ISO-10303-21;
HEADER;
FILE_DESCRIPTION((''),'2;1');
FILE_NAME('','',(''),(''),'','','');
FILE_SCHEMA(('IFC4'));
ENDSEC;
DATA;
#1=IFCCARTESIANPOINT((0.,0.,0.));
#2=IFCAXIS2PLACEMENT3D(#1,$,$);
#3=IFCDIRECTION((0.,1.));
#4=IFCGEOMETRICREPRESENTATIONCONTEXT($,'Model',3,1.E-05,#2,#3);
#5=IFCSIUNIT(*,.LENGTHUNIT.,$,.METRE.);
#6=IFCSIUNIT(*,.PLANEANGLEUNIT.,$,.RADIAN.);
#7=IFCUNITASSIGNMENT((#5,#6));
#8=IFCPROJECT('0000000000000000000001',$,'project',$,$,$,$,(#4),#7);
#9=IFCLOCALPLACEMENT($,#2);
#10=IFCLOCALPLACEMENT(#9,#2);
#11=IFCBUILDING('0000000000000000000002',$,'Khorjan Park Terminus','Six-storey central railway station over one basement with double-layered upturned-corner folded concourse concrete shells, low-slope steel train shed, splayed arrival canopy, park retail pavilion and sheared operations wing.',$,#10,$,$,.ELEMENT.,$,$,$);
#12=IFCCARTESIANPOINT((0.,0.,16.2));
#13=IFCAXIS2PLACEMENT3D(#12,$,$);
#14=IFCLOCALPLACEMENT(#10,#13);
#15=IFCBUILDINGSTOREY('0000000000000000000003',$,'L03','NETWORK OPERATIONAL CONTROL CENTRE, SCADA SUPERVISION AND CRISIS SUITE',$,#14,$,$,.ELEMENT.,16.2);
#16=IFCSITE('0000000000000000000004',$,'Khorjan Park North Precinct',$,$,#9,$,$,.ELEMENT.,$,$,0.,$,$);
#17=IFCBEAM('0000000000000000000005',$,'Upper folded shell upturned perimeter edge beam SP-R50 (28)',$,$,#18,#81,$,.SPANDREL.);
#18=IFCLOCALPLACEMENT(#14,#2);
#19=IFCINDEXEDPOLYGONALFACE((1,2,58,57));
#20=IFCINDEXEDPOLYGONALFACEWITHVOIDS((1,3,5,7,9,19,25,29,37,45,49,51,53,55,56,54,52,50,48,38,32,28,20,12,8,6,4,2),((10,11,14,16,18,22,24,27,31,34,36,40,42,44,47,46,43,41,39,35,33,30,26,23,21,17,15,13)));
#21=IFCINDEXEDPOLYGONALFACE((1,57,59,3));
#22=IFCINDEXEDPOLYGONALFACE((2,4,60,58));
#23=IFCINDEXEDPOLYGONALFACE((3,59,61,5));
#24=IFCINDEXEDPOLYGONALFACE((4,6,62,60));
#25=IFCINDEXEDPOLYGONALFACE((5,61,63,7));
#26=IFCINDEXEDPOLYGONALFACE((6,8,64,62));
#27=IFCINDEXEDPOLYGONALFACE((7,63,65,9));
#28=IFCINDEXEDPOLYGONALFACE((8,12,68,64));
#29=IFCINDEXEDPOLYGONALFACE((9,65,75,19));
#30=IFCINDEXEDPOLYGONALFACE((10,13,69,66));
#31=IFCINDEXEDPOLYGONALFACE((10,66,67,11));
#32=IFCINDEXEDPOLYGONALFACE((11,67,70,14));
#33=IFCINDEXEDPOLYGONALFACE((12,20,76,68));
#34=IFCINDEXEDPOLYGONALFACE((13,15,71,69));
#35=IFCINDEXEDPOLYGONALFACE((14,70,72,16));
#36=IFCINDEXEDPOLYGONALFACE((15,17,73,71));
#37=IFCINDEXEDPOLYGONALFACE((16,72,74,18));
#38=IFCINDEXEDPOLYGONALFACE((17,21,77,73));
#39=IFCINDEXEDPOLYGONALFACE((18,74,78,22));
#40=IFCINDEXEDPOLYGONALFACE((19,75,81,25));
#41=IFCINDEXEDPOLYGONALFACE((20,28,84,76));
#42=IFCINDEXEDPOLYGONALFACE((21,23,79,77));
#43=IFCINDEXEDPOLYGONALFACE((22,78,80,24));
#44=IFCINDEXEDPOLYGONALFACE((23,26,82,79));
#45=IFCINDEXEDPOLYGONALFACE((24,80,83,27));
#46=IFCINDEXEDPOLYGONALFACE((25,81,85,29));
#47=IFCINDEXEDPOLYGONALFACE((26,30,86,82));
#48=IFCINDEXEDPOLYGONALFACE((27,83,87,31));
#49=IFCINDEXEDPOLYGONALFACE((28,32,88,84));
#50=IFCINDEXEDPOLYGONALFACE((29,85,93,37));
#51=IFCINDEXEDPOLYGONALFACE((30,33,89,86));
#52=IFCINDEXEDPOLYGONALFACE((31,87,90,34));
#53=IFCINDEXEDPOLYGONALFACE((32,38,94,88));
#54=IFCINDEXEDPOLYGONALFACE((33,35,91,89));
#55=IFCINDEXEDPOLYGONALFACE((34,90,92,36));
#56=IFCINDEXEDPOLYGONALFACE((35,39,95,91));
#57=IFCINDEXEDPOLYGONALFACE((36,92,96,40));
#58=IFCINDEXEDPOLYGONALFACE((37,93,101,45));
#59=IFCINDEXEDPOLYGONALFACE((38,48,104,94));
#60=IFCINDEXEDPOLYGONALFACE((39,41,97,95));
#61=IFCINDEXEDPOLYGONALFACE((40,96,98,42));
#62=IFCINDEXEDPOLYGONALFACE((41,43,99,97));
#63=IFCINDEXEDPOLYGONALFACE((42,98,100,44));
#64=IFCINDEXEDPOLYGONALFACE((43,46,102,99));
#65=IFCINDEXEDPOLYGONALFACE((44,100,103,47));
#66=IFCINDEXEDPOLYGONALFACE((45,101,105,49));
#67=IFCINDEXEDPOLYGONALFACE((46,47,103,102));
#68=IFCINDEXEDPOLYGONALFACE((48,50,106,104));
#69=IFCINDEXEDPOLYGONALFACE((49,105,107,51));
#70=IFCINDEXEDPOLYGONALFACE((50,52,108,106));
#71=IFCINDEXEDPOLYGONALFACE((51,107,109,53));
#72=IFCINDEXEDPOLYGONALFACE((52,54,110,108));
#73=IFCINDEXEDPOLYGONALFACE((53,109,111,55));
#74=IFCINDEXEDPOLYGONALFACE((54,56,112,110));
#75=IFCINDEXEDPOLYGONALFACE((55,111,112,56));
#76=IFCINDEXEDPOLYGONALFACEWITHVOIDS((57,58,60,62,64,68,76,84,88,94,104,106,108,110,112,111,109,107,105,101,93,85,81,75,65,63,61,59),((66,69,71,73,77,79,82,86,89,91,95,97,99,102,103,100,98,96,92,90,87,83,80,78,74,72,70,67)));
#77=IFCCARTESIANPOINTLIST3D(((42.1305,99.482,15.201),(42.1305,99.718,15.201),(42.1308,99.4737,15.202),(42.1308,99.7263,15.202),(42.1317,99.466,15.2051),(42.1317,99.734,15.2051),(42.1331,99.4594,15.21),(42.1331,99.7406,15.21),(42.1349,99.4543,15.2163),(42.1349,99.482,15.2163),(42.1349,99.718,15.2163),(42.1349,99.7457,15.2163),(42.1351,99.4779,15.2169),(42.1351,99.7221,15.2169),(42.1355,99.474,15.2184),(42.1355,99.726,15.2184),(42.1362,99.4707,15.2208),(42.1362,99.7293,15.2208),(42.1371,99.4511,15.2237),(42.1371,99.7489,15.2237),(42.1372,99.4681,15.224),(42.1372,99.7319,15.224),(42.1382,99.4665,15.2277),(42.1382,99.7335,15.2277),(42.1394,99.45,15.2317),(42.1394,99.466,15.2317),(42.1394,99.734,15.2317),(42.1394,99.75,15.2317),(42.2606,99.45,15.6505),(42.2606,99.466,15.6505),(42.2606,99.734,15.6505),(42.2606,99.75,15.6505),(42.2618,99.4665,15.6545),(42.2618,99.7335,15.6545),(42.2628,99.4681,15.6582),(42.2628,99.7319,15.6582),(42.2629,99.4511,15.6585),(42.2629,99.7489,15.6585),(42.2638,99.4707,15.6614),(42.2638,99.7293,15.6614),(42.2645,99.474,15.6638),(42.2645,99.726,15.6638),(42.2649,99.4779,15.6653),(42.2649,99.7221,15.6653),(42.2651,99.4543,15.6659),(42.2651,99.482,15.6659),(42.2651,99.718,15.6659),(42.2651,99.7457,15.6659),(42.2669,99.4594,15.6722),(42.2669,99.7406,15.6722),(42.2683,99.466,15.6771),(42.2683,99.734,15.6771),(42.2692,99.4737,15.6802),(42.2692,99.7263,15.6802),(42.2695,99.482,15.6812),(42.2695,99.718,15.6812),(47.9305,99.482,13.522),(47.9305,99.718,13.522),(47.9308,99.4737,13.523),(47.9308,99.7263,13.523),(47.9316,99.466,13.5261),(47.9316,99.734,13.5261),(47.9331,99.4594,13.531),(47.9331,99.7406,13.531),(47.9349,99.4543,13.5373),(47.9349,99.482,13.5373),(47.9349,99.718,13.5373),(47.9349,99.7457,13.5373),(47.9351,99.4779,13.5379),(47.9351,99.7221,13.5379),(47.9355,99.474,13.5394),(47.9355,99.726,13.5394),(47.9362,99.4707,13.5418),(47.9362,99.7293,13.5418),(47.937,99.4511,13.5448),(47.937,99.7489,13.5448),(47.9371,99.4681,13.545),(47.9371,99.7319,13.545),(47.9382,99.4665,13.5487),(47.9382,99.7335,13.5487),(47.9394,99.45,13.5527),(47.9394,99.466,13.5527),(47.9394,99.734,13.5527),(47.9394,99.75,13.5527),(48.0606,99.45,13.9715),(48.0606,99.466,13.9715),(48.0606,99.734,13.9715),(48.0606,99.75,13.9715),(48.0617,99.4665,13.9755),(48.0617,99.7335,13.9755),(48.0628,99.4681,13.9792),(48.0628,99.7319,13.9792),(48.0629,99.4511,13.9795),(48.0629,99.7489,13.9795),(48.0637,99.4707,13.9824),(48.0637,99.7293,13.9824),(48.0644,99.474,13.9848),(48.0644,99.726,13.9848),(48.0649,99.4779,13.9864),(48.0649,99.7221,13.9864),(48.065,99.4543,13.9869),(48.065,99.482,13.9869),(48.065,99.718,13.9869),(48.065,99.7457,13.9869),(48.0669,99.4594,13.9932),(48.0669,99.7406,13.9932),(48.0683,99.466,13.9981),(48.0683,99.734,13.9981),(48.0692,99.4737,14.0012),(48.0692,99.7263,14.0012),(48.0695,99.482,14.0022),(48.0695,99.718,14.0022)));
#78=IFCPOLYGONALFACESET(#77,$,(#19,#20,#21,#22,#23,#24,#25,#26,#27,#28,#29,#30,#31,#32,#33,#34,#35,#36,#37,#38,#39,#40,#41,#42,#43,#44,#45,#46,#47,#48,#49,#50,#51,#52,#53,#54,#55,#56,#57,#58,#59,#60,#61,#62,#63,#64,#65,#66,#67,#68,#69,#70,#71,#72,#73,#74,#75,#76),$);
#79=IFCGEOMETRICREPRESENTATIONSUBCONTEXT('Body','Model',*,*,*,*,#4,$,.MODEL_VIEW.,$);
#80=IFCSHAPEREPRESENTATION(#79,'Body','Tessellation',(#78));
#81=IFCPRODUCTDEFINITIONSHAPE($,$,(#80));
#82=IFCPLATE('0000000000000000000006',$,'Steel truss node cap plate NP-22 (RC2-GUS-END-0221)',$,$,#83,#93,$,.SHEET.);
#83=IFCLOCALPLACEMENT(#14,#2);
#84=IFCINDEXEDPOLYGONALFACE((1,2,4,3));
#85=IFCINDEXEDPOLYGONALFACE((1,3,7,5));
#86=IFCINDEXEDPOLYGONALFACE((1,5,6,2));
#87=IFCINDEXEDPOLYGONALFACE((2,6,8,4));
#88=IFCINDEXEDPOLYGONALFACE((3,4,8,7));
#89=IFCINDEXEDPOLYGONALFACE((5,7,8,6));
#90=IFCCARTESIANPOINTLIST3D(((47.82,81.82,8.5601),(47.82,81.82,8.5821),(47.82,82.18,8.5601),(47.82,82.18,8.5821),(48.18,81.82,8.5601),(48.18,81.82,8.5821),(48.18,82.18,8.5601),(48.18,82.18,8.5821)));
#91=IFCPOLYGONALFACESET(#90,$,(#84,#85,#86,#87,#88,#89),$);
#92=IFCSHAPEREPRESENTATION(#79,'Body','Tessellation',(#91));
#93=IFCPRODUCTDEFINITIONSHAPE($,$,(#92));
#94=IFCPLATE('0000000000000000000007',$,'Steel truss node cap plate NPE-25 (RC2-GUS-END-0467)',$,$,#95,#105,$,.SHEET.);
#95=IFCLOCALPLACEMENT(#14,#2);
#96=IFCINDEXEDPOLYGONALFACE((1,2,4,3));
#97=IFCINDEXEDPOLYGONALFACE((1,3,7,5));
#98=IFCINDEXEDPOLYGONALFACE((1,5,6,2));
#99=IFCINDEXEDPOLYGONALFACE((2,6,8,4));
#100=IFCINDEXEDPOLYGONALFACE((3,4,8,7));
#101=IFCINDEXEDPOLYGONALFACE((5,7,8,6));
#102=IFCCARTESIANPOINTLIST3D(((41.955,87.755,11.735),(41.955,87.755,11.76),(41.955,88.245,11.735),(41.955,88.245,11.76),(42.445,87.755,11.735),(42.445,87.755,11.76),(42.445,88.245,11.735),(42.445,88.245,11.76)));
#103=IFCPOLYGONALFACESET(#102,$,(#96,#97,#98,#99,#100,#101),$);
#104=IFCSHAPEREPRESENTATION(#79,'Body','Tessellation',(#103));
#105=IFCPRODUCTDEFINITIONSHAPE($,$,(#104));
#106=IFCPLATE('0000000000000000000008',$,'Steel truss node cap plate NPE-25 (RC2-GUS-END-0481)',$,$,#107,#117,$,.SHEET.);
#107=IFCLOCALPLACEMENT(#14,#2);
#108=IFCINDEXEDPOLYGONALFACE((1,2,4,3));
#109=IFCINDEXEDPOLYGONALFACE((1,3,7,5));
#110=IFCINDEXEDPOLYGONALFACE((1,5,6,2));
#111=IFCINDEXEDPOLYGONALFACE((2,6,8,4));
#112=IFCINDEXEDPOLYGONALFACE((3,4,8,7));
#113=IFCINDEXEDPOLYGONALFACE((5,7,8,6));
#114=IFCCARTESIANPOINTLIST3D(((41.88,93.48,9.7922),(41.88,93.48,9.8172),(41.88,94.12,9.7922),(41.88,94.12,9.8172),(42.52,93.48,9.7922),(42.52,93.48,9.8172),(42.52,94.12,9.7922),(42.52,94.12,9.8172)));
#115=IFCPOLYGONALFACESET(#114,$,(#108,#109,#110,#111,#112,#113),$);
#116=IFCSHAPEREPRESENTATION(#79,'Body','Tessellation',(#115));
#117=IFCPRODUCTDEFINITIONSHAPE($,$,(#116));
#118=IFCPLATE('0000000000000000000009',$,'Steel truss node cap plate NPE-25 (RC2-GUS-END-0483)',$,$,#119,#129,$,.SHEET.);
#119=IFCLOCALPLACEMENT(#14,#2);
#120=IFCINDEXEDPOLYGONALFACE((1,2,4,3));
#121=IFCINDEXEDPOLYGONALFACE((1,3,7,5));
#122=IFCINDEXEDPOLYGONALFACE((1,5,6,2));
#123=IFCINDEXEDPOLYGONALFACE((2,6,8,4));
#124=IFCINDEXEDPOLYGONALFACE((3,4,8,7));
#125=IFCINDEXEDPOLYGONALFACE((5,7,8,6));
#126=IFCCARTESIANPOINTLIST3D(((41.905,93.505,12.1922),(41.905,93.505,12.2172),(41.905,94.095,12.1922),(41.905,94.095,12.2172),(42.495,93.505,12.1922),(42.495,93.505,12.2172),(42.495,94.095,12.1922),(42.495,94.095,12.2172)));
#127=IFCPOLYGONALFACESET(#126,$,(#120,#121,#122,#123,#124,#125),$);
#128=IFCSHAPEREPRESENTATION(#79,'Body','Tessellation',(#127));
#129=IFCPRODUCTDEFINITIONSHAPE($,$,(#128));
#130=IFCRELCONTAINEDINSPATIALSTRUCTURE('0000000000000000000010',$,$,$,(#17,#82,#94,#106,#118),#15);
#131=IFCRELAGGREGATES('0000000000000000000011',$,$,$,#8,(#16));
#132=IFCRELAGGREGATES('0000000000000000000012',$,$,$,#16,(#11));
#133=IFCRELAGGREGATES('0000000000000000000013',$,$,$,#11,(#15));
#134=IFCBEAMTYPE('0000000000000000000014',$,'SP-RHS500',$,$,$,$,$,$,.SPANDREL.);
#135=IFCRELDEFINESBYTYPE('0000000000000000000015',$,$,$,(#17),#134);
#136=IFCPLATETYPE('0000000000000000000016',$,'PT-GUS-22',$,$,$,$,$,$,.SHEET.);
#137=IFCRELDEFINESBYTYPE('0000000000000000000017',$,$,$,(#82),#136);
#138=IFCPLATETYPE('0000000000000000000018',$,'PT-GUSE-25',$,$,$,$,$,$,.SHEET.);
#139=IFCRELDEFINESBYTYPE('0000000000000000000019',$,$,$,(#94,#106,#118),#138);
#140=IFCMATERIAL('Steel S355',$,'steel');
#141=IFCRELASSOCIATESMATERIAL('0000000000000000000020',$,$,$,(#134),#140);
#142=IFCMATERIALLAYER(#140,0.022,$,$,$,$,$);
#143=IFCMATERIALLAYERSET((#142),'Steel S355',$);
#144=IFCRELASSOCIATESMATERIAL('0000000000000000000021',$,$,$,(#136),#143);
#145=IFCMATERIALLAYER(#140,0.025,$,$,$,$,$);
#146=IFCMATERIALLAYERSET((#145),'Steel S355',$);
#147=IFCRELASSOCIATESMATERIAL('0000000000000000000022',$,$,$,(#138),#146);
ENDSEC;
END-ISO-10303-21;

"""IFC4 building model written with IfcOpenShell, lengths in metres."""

from ifc_helpers import new_model, si_unit, direction, frame, origin, origin_2d, place, context, subcontext, project, spatial, rectangle, hollow_rectangle, extrude, material, layer, layer_set, material_profile, profile_set, type_object, element, save


model = new_model("IFC4")

# Units and contexts
model_context = context("Model", 3, precision=1e-05, world=origin(), true_north=direction((0.0, 1.0)))
body_context = subcontext(model_context, "Body", "Model", "MODEL_VIEW")
ifc_project = project(units=[si_unit("LENGTHUNIT", "METRE"), si_unit("PLANEANGLEUNIT", "RADIAN")], contexts=[model_context])

# Site, building, storey
site_placement = place(None, origin())
site = spatial("IfcSite", under=ifc_project, at=site_placement, Name="Khorjan Park North Precinct", CompositionType="ELEMENT", RefElevation=0.0)
building_placement = place(site_placement, origin())
building = spatial("IfcBuilding", under=site, at=building_placement, Name="Khorjan Park Terminus", Description="Six-storey central railway station over one basement with double-layered upturned-corner folded concourse concrete shells, low-slope steel train shed, splayed arrival canopy, park retail pavilion and sheared operations wing.", CompositionType="ELEMENT")
storey_placement = place(building_placement, frame((0.0, 0.0, 16.2)))
storey = spatial("IfcBuildingStorey", under=building, at=storey_placement, Name="L03", Description="NETWORK OPERATIONAL CONTROL CENTRE, SCADA SUPERVISION AND CRISIS SUITE", CompositionType="ELEMENT", Elevation=16.2)

# Shared definitions
ifc_material_1 = material(Name="Steel S355", Category="steel")

# Beam
ifc_material_profile_1 = material_profile(ifc_material_1, hollow_rectangle(XDim=0.3, YDim=0.5, WallThickness=0.016, InnerFilletRadius=0.016, OuterFilletRadius=0.032, at=origin_2d()), Name="RHS 500x300x16")
ifc_profile_set_1 = profile_set([ifc_material_profile_1], Name="Steel S355")
beam_type_1 = type_object("IfcBeamType", Name="SP-RHS500", PredefinedType="SPANDREL", material=ifc_profile_set_1)
beam_1_placement = place(storey_placement, frame((42.2, 99.6, 15.4411), z_axis=(0.960562, 0.0, -0.278066), x_axis=(0.0, 1.0, 0.0)))
element("IfcBeam", 1, at=beam_1_placement, inside=storey, type_object=beam_type_1, Name="Upper folded shell upturned perimeter edge beam SP-R50 (28)", PredefinedType="SPANDREL", context=body_context, shape_type="SweptSolid", body=[
    extrude(hollow_rectangle(XDim=0.3, YDim=0.5, WallThickness=0.016, InnerFilletRadius=0.016, OuterFilletRadius=0.032, at=origin_2d()), origin(), (0.0, 0.0, 1.0), 6.0381),
])

# Plates
ifc_layer_1 = layer(ifc_material_1, 0.022)
ifc_layer_set_1 = layer_set([ifc_layer_1], Name="Steel S355")
plate_type_1 = type_object("IfcPlateType", Name="PT-GUS-22", PredefinedType="SHEET", material=ifc_layer_set_1)
plate_1_placement = place(storey_placement, frame((48.0, 82.0, 8.5601), z_axis=(0.0, 0.0, 1.0), x_axis=(1.0, 0.0, 0.0)))
element("IfcPlate", 2, at=plate_1_placement, inside=storey, type_object=plate_type_1, Name="Steel truss node cap plate NP-22 (RC2-GUS-END-0221)", PredefinedType="SHEET", context=body_context, shape_type="SweptSolid", body=[
    extrude(rectangle(XDim=0.36, YDim=0.36, at=origin_2d()), origin(), (0.0, 0.0, 1.0), 0.022),
])
ifc_layer_2 = layer(ifc_material_1, 0.025)
ifc_layer_set_2 = layer_set([ifc_layer_2], Name="Steel S355")
plate_type_2 = type_object("IfcPlateType", Name="PT-GUSE-25", PredefinedType="SHEET", material=ifc_layer_set_2)
plate_2_placement = place(storey_placement, frame((42.2, 88.0, 11.735), z_axis=(0.0, 0.0, 1.0), x_axis=(1.0, 0.0, 0.0)))
element("IfcPlate", 3, at=plate_2_placement, inside=storey, type_object=plate_type_2, Name="Steel truss node cap plate NPE-25 (RC2-GUS-END-0467)", PredefinedType="SHEET", context=body_context, shape_type="SweptSolid", body=[
    extrude(rectangle(XDim=0.49, YDim=0.49, at=origin_2d()), origin(), (0.0, 0.0, 1.0), 0.025),
])
plate_3_placement = place(storey_placement, frame((42.2, 93.8, 9.7922), z_axis=(0.0, 0.0, 1.0), x_axis=(1.0, 0.0, 0.0)))
element("IfcPlate", 4, at=plate_3_placement, inside=storey, type_object=plate_type_2, Name="Steel truss node cap plate NPE-25 (RC2-GUS-END-0481)", PredefinedType="SHEET", context=body_context, shape_type="SweptSolid", body=[
    extrude(rectangle(XDim=0.64, YDim=0.64, at=origin_2d()), origin(), (0.0, 0.0, 1.0), 0.025),
])
plate_4_placement = place(storey_placement, frame((42.2, 93.8, 12.1922), z_axis=(0.0, 0.0, 1.0), x_axis=(1.0, 0.0, 0.0)))
element("IfcPlate", 5, at=plate_4_placement, inside=storey, type_object=plate_type_2, Name="Steel truss node cap plate NPE-25 (RC2-GUS-END-0483)", PredefinedType="SHEET", context=body_context, shape_type="SweptSolid", body=[
    extrude(rectangle(XDim=0.59, YDim=0.59, at=origin_2d()), origin(), (0.0, 0.0, 1.0), 0.025),
])

save(model, "model.ifc")
